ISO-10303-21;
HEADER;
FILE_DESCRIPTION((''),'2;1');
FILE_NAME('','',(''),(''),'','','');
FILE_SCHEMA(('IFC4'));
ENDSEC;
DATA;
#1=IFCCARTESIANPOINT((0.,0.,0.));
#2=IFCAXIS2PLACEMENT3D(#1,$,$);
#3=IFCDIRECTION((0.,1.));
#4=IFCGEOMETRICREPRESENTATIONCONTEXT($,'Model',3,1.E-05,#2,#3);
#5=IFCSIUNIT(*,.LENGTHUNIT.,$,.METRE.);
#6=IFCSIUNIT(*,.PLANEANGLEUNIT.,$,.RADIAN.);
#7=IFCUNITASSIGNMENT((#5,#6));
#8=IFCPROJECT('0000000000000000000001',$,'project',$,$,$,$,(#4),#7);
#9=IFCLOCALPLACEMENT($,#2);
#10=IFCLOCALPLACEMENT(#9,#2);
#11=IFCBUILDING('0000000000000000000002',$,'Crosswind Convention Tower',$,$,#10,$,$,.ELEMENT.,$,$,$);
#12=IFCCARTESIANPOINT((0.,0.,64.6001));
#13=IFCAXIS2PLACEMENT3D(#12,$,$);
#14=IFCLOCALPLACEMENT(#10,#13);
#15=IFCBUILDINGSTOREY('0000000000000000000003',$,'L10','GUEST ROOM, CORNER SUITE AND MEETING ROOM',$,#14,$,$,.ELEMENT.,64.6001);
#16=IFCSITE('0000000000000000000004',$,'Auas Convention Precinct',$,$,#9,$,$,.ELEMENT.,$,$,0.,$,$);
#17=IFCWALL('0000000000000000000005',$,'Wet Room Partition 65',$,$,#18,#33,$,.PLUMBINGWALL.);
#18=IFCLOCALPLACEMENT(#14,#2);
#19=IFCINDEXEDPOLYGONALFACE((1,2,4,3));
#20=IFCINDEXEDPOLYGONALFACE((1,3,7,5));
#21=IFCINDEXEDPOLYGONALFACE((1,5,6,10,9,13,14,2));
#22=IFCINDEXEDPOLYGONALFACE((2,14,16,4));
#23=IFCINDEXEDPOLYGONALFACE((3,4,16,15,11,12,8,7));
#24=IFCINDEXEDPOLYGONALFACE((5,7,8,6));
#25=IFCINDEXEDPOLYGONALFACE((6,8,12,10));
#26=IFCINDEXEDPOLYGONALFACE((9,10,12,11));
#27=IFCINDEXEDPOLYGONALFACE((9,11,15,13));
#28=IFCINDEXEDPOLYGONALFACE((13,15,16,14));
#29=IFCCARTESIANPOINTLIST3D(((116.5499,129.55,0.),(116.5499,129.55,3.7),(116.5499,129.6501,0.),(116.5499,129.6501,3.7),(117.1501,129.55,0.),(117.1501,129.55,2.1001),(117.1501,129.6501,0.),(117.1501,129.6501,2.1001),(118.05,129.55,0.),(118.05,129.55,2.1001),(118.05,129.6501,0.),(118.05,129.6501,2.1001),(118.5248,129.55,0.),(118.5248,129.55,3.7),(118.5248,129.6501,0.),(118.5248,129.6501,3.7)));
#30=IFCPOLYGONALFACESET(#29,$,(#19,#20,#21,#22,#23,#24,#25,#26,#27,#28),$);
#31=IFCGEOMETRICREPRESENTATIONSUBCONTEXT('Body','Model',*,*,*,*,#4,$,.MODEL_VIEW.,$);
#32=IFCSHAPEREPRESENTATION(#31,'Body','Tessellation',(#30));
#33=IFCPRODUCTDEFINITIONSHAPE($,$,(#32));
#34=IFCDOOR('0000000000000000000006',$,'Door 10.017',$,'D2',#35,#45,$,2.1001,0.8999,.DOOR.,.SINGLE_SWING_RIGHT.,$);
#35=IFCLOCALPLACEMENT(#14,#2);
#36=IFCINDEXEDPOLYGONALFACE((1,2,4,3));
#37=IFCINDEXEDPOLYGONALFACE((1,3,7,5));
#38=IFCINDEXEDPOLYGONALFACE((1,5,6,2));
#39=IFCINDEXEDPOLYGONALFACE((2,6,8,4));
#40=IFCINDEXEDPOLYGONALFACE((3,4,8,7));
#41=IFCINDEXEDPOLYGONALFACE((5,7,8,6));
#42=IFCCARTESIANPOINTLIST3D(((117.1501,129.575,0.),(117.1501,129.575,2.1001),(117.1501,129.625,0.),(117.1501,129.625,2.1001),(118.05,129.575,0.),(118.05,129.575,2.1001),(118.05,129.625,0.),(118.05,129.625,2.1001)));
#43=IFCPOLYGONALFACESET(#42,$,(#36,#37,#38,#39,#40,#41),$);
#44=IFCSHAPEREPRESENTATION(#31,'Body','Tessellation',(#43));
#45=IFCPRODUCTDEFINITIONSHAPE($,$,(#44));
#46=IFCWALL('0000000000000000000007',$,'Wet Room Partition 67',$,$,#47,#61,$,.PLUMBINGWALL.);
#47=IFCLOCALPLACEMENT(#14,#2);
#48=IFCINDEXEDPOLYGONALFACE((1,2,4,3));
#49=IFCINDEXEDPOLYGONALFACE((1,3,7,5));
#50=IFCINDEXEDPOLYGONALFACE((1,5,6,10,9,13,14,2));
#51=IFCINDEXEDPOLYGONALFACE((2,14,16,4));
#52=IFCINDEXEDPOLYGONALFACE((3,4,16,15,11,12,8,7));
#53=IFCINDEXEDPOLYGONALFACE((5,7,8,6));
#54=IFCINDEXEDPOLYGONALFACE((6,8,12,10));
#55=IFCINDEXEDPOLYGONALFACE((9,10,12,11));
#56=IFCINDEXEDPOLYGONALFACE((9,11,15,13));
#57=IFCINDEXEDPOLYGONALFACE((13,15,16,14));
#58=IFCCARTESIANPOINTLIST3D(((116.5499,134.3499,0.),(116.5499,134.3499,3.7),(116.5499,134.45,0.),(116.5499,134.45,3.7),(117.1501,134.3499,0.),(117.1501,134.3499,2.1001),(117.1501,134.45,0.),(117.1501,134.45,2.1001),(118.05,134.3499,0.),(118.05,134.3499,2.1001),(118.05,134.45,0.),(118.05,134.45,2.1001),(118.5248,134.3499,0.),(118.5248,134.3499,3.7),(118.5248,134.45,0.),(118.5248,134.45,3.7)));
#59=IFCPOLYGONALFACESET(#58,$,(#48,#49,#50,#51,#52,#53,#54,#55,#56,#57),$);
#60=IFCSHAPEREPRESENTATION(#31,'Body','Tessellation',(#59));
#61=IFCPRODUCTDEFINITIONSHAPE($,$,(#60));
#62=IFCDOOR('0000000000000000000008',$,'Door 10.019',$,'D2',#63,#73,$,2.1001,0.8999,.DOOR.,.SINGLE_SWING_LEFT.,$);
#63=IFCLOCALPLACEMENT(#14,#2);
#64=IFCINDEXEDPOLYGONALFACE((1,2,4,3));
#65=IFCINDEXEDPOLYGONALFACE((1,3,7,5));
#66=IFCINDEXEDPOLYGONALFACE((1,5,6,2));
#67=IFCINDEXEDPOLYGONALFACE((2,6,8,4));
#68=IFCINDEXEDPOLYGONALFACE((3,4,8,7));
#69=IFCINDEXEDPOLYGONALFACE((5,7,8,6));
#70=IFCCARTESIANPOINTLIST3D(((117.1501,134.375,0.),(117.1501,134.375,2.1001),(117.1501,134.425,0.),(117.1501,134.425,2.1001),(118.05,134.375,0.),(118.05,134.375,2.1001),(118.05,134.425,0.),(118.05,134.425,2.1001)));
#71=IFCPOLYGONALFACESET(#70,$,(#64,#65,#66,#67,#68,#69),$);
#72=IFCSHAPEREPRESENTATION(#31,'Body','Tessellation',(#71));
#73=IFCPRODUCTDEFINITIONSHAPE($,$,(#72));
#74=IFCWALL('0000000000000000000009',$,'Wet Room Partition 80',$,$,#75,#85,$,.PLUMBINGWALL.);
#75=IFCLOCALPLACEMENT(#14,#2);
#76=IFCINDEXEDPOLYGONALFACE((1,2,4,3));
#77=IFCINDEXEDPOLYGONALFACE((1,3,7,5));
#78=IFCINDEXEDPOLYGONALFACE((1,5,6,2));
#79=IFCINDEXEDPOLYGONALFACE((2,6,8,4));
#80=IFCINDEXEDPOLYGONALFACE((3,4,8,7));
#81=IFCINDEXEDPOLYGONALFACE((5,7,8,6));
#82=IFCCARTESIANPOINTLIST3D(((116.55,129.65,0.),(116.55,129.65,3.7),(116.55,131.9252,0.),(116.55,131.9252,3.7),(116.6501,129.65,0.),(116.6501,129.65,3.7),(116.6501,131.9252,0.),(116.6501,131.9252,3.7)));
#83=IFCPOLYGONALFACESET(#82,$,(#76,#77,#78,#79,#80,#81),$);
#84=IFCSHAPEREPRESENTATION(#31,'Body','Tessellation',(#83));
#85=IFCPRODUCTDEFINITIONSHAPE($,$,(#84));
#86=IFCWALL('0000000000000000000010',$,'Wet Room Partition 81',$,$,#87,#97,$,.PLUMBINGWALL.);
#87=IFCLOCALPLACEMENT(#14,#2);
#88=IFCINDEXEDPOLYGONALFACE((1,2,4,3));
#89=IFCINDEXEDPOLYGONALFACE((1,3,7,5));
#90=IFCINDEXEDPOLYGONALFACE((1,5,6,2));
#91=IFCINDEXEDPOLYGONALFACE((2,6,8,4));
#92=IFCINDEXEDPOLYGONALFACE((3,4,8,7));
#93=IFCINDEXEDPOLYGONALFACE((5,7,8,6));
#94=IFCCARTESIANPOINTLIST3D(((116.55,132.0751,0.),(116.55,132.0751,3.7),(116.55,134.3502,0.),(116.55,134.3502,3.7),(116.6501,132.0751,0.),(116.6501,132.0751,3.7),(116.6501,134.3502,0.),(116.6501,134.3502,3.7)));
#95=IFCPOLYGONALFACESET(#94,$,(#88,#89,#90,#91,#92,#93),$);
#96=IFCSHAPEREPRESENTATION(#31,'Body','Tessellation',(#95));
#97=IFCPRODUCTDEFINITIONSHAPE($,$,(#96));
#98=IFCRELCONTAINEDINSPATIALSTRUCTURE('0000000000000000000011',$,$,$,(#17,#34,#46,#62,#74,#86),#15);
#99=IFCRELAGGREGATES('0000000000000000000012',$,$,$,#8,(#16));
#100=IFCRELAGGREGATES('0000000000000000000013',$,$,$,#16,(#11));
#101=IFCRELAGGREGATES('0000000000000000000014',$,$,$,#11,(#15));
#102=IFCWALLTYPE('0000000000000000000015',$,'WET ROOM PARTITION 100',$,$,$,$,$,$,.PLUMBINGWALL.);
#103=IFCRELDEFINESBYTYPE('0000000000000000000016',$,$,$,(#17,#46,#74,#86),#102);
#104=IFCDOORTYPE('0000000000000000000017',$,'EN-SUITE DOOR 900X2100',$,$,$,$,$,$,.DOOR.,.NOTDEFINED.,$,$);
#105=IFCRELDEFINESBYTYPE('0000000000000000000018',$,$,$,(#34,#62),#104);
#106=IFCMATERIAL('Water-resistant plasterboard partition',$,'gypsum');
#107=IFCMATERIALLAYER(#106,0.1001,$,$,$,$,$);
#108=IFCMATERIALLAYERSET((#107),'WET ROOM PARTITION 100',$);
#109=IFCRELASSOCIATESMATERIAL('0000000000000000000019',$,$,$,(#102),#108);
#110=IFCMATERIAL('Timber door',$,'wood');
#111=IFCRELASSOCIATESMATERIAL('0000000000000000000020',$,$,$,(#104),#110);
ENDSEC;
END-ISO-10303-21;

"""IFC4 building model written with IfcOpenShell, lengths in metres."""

from ifc_helpers import new_model, si_unit, direction, frame, frame_2d, origin, place, context, subcontext, project, spatial, rectangle, extrude, material, layer, layer_set, type_object, element, fill, save


model = new_model("IFC4")

# Units and contexts
model_context = context("Model", 3, precision=1e-05, world=origin(), true_north=direction((0.0, 1.0)))
body_context = subcontext(model_context, "Body", "Model", "MODEL_VIEW")
ifc_project = project(units=[si_unit("LENGTHUNIT", "METRE"), si_unit("PLANEANGLEUNIT", "RADIAN")], contexts=[model_context])

# Site, building, storey
site_placement = place(None, origin())
site = spatial("IfcSite", under=ifc_project, at=site_placement, Name="Auas Convention Precinct", CompositionType="ELEMENT", RefElevation=0.0)
building_placement = place(site_placement, origin())
building = spatial("IfcBuilding", under=site, at=building_placement, Name="Crosswind Convention Tower", CompositionType="ELEMENT")
storey_placement = place(building_placement, frame((0.0, 0.0, 64.6001)))
storey = spatial("IfcBuildingStorey", under=building, at=storey_placement, Name="L10", Description="GUEST ROOM, CORNER SUITE AND MEETING ROOM", CompositionType="ELEMENT", Elevation=64.6001)

# Walls, openings, doors
ifc_material_1 = material(Name="Water-resistant plasterboard partition", Category="gypsum")
ifc_layer_1 = layer(ifc_material_1, 0.1001)
ifc_layer_set_1 = layer_set([ifc_layer_1], Name="WET ROOM PARTITION 100")
wall_type_1 = type_object("IfcWallType", Name="WET ROOM PARTITION 100", PredefinedType="PLUMBINGWALL", material=ifc_layer_set_1)
wall_1_placement = place(storey_placement, frame((116.55, 129.6001, 0.0), z_axis=(0.0, 0.0, 1.0), x_axis=(1.0, 0.0, 0.0)))
wall_1 = element("IfcWall", 1, at=wall_1_placement, inside=storey, type_object=wall_type_1, Name="Wet Room Partition 65", PredefinedType="PLUMBINGWALL", context=body_context, shape_type="SweptSolid", body=[
    extrude(rectangle(XDim=1.9749, YDim=0.1001, at=frame_2d((0.9873, 0.0))), origin(), (0.0, 0.0, 1.0), 3.7),
])
opening_1_placement = place(wall_1_placement, frame((0.6001, 0.0, 0.0)))
opening_1 = element("IfcOpeningElement", 2, at=opening_1_placement, cuts=wall_1, PredefinedType="OPENING", context=body_context, shape_type="SweptSolid", body=[
    extrude(rectangle(XDim=0.8999, YDim=2.1001, at=frame_2d((0.45, 1.05))), frame((0.0, 0.0601, 0.0), z_axis=(0.0, -1.0, 0.0), x_axis=(1.0, 0.0, 0.0)), (0.0, 0.0, 1.0), 0.1201),
])
ifc_material_2 = material(Name="Timber door", Category="wood")
door_type_1 = type_object("IfcDoorType", Name="EN-SUITE DOOR 900X2100", OperationType="NOTDEFINED", PredefinedType="DOOR", material=ifc_material_2)
door_1_placement = place(opening_1_placement, origin())
door_1 = element("IfcDoor", 3, at=door_1_placement, inside=storey, type_object=door_type_1, Name="Door 10.017", ObjectType="D2", OperationType="SINGLE_SWING_RIGHT", OverallHeight=2.1001, OverallWidth=0.8999, PredefinedType="DOOR", context=body_context, shape_type="SweptSolid", body=[
    extrude(rectangle(XDim=0.8999, YDim=2.1001, at=frame_2d((0.45, 1.05))), frame((0.0, 0.0249, 0.0), z_axis=(0.0, -1.0, 0.0), x_axis=(1.0, 0.0, 0.0)), (0.0, 0.0, 1.0), 0.05),
])
fill(opening_1, door_1)
wall_2_placement = place(storey_placement, frame((116.55, 134.3999, 0.0), z_axis=(0.0, 0.0, 1.0), x_axis=(1.0, 0.0, 0.0)))
wall_2 = element("IfcWall", 4, at=wall_2_placement, inside=storey, type_object=wall_type_1, Name="Wet Room Partition 67", PredefinedType="PLUMBINGWALL", context=body_context, shape_type="SweptSolid", body=[
    extrude(rectangle(XDim=1.9749, YDim=0.1001, at=frame_2d((0.9873, 0.0))), origin(), (0.0, 0.0, 1.0), 3.7),
])
opening_2_placement = place(wall_2_placement, frame((0.6001, 0.0, 0.0)))
opening_2 = element("IfcOpeningElement", 5, at=opening_2_placement, cuts=wall_2, PredefinedType="OPENING", context=body_context, shape_type="SweptSolid", body=[
    extrude(rectangle(XDim=0.8999, YDim=2.1001, at=frame_2d((0.45, 1.05))), frame((0.0, 0.0601, 0.0), z_axis=(0.0, -1.0, 0.0), x_axis=(1.0, 0.0, 0.0)), (0.0, 0.0, 1.0), 0.1201),
])
door_2_placement = place(opening_2_placement, frame((0.8999, 0.0, 0.0), z_axis=(0.0, 0.0, 1.0), x_axis=(-1.0, 0.0, 0.0)))
door_2 = element("IfcDoor", 6, at=door_2_placement, inside=storey, type_object=door_type_1, Name="Door 10.019", ObjectType="D2", OperationType="SINGLE_SWING_LEFT", OverallHeight=2.1001, OverallWidth=0.8999, PredefinedType="DOOR", context=body_context, shape_type="SweptSolid", body=[
    extrude(rectangle(XDim=0.8999, YDim=2.1001, at=frame_2d((0.45, 1.05))), frame((0.0, 0.0249, 0.0), z_axis=(0.0, -1.0, 0.0), x_axis=(1.0, 0.0, 0.0)), (0.0, 0.0, 1.0), 0.05),
])
fill(opening_2, door_2)

# Walls
for number, where, z_axis, x_axis, name in (
    (7, (116.6001, 129.6499, 0.0), (0.0, 0.0, 1.0), (0.0, 1.0, 0.0), "Wet Room Partition 80"),
    (8, (116.6001, 132.075, 0.0), (0.0, 0.0, 1.0), (0.0, 1.0, 0.0), "Wet Room Partition 81"),
):
    element("IfcWall", number, at=place(storey_placement, frame(where, z_axis=z_axis, x_axis=x_axis)), inside=storey, type_object=wall_type_1, Name=name, PredefinedType="PLUMBINGWALL", context=body_context, shape_type="SweptSolid", body=[
        extrude(rectangle(XDim=2.2751, YDim=0.1001, at=frame_2d((1.1377, 0.0))), origin(), (0.0, 0.0, 1.0), 3.7),
    ])

save(model, "model.ifc")
